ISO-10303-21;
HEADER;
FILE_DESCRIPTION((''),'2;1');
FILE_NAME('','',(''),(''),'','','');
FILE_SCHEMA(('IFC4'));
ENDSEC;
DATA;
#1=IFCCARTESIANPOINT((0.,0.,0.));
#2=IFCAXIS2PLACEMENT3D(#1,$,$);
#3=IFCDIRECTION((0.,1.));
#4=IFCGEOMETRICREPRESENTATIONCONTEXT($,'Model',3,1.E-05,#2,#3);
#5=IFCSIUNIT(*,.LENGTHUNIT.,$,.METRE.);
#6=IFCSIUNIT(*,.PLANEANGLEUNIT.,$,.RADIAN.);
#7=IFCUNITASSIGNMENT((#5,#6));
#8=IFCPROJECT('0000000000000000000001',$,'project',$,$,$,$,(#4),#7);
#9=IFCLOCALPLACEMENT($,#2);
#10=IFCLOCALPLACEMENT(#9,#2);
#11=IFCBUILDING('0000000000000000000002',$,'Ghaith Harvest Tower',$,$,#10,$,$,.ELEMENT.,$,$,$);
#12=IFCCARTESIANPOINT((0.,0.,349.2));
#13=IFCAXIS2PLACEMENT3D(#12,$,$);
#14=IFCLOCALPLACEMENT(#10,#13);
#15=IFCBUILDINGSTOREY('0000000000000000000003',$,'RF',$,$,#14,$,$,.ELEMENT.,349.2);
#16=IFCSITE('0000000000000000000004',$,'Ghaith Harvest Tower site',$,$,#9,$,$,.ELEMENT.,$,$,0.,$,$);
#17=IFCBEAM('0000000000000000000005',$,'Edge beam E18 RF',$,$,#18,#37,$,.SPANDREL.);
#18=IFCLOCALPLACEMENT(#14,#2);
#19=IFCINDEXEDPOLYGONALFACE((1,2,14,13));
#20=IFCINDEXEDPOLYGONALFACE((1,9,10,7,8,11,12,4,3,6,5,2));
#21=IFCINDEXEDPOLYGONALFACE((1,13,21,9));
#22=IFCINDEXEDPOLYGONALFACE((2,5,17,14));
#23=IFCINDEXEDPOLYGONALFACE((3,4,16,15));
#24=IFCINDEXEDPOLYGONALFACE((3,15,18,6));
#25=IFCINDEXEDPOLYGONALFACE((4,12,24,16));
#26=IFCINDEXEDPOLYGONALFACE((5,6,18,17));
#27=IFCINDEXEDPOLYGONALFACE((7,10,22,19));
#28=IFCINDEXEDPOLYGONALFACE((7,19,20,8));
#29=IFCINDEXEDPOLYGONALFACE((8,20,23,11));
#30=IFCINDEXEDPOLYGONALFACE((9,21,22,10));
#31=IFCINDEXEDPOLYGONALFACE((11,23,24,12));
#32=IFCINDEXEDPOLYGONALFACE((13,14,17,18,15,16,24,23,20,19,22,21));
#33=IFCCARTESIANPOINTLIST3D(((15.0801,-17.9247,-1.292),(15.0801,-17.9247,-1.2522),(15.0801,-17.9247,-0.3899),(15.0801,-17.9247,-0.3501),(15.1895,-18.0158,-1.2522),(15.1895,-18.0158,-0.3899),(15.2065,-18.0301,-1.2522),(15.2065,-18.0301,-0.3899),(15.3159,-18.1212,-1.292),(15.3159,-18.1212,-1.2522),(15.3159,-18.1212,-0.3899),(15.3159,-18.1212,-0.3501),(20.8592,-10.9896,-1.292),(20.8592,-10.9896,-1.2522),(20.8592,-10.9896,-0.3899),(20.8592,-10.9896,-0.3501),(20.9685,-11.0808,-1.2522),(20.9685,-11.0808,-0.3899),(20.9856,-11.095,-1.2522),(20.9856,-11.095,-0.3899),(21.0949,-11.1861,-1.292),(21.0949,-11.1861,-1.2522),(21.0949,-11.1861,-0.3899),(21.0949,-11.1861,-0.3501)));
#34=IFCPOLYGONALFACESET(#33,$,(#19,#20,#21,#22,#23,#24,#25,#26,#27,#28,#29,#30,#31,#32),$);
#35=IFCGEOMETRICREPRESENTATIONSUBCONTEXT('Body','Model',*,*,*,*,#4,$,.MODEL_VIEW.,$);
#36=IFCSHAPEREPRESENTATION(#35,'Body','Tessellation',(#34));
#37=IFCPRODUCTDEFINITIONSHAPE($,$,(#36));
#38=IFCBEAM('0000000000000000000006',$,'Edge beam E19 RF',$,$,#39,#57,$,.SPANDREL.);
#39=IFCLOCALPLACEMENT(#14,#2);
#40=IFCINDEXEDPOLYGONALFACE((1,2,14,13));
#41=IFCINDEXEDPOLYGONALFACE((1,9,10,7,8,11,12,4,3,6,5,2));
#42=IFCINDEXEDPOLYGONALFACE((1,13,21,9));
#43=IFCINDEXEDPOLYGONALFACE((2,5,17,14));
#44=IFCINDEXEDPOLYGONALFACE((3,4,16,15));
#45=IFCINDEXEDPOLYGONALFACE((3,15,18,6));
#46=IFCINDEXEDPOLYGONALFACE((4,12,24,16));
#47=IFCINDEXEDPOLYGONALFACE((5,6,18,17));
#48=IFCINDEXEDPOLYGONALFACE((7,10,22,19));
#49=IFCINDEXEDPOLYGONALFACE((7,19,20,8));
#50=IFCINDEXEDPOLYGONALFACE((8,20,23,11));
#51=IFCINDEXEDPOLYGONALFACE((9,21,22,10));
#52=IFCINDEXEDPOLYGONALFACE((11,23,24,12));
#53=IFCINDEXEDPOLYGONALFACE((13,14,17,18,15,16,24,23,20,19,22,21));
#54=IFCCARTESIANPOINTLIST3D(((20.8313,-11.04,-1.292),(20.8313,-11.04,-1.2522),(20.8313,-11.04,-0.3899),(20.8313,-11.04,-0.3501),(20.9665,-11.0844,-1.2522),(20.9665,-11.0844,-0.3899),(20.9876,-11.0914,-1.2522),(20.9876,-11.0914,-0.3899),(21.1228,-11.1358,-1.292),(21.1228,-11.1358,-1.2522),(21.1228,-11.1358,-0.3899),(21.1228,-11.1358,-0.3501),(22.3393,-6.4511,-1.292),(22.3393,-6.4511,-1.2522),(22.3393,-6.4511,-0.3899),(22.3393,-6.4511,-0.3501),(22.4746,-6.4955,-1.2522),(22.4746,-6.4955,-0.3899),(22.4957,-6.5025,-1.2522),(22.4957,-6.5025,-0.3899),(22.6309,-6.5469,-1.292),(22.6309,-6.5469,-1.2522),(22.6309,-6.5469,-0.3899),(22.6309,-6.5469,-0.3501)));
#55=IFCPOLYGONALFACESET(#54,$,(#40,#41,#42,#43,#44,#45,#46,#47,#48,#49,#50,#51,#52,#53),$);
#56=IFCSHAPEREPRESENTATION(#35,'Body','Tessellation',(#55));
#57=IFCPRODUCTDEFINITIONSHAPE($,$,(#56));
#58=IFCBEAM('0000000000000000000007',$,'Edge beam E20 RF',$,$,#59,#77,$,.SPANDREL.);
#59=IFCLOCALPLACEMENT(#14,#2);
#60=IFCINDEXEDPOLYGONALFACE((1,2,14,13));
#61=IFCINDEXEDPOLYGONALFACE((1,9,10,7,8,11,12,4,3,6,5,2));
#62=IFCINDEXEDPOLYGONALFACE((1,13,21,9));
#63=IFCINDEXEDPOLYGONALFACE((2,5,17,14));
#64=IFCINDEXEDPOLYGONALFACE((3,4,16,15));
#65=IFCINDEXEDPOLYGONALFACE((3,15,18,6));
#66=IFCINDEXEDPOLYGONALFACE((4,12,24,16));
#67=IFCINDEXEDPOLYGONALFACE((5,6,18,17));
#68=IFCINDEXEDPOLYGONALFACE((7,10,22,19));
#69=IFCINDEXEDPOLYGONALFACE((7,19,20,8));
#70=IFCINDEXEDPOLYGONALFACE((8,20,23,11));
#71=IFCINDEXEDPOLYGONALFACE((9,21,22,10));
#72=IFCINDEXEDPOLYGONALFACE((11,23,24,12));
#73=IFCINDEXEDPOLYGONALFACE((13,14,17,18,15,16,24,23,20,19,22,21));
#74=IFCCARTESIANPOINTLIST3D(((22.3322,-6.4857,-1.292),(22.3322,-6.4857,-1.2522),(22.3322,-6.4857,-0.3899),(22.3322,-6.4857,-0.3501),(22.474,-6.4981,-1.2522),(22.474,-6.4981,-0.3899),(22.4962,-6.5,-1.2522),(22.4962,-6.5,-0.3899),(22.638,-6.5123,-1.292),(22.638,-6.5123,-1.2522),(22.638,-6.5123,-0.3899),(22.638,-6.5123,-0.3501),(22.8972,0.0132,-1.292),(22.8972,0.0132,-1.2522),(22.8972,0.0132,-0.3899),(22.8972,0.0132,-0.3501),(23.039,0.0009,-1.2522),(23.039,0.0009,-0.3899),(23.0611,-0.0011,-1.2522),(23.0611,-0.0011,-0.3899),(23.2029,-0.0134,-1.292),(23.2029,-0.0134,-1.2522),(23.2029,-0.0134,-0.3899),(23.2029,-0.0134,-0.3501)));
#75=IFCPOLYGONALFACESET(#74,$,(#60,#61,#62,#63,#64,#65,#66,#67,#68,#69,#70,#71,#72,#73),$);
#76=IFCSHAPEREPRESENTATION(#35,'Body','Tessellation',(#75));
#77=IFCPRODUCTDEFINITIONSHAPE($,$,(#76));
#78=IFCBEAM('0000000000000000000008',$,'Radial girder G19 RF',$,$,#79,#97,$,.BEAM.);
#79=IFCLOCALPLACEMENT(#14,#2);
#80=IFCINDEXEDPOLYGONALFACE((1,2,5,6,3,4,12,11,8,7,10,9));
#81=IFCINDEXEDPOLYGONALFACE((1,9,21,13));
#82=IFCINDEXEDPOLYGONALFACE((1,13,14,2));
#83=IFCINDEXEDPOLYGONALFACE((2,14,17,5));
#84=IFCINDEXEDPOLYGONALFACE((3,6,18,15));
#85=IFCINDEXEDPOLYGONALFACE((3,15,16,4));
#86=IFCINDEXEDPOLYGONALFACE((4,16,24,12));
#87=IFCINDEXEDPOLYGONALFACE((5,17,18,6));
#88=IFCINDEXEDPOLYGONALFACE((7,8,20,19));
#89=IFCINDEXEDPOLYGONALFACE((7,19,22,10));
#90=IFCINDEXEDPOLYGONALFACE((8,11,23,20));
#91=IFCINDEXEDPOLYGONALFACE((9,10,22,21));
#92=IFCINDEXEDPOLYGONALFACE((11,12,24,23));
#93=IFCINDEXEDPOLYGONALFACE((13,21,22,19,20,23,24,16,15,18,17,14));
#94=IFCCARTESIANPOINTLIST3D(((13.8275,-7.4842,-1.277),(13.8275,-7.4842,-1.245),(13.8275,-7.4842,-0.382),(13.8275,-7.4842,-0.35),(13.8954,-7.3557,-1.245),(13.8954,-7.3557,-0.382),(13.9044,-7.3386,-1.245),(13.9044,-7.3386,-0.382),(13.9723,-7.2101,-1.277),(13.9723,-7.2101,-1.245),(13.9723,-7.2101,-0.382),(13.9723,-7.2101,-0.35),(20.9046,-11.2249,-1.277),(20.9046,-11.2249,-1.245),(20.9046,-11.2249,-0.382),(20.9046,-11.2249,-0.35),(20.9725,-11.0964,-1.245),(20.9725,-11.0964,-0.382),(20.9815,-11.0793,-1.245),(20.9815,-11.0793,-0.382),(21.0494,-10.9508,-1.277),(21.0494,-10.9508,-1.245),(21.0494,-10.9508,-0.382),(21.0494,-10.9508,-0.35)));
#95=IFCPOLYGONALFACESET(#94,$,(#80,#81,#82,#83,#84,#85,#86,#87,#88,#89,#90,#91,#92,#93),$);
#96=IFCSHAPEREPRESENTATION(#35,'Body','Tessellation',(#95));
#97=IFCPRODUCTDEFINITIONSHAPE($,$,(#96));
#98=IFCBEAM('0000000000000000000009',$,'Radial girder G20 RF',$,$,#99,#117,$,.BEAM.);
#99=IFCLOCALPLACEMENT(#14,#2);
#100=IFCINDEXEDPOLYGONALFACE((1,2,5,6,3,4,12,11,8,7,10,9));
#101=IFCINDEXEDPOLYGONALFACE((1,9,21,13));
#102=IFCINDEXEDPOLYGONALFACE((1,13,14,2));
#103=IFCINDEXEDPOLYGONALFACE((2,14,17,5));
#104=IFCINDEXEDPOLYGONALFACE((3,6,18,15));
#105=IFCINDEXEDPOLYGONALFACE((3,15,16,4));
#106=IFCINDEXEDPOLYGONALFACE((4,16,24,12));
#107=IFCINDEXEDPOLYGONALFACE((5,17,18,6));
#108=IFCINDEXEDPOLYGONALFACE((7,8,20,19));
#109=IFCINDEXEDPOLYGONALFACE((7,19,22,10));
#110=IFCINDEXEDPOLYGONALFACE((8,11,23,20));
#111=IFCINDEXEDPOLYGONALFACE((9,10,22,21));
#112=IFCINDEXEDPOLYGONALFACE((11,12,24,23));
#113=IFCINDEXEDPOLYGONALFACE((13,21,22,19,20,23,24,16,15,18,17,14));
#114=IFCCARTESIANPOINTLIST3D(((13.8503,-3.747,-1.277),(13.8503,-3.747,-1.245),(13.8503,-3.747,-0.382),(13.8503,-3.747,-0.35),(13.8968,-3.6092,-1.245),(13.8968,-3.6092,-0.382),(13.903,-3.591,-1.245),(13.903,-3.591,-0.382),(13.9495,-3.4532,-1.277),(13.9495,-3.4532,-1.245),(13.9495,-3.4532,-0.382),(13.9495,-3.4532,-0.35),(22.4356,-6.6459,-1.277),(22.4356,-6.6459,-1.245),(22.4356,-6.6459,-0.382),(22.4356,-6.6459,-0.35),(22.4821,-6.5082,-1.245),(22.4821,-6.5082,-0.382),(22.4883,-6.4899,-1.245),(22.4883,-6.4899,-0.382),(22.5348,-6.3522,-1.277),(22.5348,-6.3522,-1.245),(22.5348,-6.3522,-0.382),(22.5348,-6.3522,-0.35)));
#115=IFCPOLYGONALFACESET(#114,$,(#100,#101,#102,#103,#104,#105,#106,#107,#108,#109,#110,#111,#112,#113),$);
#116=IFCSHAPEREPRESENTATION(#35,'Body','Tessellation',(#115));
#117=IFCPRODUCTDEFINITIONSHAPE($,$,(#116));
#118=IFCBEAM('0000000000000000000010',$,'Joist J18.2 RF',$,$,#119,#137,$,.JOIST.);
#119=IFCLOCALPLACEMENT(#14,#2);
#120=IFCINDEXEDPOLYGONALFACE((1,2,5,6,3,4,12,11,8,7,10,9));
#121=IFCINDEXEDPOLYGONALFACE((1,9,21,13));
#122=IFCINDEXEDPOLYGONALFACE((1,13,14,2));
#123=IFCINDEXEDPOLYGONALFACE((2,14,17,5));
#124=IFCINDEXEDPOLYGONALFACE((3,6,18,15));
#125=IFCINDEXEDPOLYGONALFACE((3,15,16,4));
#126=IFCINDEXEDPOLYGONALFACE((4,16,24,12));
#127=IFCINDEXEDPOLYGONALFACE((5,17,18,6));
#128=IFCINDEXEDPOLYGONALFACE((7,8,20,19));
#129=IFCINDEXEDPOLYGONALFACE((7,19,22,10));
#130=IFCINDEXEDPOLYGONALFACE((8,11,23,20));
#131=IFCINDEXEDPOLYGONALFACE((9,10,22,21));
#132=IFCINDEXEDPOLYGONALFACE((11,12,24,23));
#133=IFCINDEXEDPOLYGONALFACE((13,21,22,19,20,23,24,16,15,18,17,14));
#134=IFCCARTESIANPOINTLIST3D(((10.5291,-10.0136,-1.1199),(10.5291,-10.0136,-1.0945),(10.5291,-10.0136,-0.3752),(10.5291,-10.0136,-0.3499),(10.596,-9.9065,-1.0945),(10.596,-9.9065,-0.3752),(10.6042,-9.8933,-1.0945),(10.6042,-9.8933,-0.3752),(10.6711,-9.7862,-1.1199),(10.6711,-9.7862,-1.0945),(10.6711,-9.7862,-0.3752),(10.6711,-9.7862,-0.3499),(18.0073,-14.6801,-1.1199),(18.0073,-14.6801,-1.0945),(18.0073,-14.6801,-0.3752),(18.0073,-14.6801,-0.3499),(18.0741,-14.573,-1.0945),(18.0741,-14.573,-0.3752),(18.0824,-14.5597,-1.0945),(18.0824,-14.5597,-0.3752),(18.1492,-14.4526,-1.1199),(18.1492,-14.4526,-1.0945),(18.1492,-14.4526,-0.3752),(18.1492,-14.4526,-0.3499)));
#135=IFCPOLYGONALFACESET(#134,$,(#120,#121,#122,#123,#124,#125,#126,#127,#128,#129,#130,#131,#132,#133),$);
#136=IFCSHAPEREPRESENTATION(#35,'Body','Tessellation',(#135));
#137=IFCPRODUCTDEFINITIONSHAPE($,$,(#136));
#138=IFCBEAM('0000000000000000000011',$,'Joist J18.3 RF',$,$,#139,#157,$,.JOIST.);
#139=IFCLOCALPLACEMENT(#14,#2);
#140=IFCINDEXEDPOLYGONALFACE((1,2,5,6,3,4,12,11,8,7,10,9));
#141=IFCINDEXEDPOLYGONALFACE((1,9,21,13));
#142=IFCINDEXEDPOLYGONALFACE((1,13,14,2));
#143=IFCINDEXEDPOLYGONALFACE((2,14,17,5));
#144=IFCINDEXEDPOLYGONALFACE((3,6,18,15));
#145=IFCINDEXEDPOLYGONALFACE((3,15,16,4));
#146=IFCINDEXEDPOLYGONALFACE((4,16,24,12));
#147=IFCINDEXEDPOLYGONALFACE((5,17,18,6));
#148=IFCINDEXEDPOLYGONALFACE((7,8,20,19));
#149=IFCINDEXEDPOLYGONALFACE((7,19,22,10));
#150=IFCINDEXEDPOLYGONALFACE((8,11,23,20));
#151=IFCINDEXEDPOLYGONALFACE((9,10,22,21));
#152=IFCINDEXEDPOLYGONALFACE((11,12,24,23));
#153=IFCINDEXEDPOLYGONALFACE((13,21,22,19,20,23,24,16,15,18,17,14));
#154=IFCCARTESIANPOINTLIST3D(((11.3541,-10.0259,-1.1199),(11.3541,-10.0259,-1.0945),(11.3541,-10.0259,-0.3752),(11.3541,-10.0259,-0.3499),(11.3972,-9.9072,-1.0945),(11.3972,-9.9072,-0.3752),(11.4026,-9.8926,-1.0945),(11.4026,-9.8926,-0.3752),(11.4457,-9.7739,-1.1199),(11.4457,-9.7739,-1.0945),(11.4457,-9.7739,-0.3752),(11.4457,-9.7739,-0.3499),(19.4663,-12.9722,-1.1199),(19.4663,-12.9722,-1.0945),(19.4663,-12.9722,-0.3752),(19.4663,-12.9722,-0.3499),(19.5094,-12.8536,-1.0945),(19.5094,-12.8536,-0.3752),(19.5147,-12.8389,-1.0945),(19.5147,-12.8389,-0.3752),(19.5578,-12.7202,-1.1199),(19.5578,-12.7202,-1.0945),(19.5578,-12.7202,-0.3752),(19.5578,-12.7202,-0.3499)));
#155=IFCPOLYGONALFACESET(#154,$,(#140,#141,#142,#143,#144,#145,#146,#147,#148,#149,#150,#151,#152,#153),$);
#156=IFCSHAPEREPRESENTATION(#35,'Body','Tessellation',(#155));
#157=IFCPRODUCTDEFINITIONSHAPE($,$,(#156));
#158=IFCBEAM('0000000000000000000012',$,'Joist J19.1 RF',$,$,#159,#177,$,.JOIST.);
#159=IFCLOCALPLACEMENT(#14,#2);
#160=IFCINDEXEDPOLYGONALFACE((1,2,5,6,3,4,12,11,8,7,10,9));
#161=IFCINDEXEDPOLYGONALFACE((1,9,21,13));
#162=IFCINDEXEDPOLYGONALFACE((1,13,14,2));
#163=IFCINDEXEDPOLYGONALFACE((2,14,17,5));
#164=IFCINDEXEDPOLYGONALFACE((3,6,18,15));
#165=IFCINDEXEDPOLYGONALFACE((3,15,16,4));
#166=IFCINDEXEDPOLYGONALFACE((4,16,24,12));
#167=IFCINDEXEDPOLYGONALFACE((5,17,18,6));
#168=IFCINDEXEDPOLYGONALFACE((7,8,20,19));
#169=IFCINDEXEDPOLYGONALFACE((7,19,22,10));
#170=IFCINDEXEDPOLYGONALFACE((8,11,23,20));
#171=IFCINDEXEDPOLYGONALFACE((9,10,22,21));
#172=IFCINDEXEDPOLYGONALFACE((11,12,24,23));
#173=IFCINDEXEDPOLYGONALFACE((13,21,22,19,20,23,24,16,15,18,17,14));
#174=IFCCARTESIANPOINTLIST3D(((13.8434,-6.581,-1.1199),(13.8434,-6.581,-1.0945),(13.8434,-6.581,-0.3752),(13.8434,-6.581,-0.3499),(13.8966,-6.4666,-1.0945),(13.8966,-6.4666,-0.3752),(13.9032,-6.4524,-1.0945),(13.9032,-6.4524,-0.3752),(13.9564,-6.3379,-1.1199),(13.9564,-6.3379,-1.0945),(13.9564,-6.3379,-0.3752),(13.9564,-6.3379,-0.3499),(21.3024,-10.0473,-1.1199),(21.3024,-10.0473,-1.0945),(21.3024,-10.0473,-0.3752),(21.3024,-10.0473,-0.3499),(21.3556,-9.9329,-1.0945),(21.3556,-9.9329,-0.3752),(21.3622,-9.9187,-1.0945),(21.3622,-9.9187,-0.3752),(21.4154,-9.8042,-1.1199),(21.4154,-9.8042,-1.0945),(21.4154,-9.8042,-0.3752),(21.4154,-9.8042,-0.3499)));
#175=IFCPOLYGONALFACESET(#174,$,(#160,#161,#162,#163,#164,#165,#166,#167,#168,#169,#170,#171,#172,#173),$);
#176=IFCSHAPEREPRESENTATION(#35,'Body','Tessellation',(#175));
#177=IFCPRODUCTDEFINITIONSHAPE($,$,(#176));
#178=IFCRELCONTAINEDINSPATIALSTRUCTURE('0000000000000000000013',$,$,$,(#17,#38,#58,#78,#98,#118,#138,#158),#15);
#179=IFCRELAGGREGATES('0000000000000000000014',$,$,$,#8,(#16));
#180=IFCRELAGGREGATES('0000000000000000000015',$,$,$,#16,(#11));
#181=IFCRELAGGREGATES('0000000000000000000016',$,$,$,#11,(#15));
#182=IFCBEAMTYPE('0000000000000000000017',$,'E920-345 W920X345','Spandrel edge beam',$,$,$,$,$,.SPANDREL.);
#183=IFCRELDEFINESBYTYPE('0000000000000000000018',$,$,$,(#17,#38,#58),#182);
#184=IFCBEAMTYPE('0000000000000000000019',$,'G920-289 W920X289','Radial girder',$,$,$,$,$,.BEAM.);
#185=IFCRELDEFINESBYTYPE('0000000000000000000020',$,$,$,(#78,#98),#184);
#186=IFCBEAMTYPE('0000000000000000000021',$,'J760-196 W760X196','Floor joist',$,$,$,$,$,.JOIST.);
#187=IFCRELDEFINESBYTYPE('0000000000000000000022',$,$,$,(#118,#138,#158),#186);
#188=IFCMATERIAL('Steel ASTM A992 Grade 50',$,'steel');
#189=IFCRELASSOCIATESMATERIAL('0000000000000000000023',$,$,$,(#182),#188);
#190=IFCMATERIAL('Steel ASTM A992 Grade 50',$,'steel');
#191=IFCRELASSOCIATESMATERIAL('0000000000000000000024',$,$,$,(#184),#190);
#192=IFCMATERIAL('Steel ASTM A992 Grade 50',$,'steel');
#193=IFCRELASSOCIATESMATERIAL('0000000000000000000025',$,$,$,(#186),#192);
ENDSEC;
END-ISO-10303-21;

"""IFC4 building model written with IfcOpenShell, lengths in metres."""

from ifc_helpers import new_model, si_unit, direction, frame, origin, origin_2d, place, context, subcontext, project, spatial, i_section, extrude, material, material_profile, profile_set, type_object, element, save


model = new_model("IFC4")

# Units and contexts
model_context = context("Model", 3, precision=1e-05, world=origin(), true_north=direction((0.0, 1.0)))
body_context = subcontext(model_context, "Body", "Model", "MODEL_VIEW")
ifc_project = project(units=[si_unit("LENGTHUNIT", "METRE"), si_unit("PLANEANGLEUNIT", "RADIAN")], contexts=[model_context])

# Site, building, storey
site_placement = place(None, origin())
site = spatial("IfcSite", under=ifc_project, at=site_placement, Name="Ghaith Harvest Tower site", CompositionType="ELEMENT", RefElevation=0.0)
building_placement = place(site_placement, origin())
building = spatial("IfcBuilding", under=site, at=building_placement, Name="Ghaith Harvest Tower", CompositionType="ELEMENT")
storey_placement = place(building_placement, frame((0.0, 0.0, 349.2)))
storey = spatial("IfcBuildingStorey", under=building, at=storey_placement, Name="RF", CompositionType="ELEMENT", Elevation=349.2)

# Beams
ifc_material_1 = material(Name="Steel ASTM A992 Grade 50", Category="steel")
ifc_material_profile_1 = material_profile(ifc_material_1, i_section(OverallWidth=0.3069, OverallDepth=0.9419, WebThickness=0.0222, FlangeThickness=0.0398, at=origin_2d()), Name="W920X345")
ifc_profile_set_1 = profile_set([ifc_material_profile_1], Name="Steel ASTM A992 Grade 50")
beam_type_1 = type_object("IfcBeamType", Name="E920-345 W920X345", Description="Spandrel edge beam", PredefinedType="SPANDREL", material=ifc_profile_set_1)
beam_1_placement = place(storey_placement, frame((15.198, -18.0229, -0.821), z_axis=(0.640174, 0.76823, 0.0), x_axis=(-0.76823, 0.640174, 0.0)))
element("IfcBeam", 1, at=beam_1_placement, inside=storey, type_object=beam_type_1, Name="Edge beam E18 RF", PredefinedType="SPANDREL", context=body_context, shape_type="SweptSolid", body=[
    extrude(i_section(OverallWidth=0.3069, OverallDepth=0.9419, WebThickness=0.0222, FlangeThickness=0.0398, at=origin_2d()), origin(), (0.0, 0.0, 1.0), 9.0273),
])
beam_2_placement = place(storey_placement, frame((20.9771, -11.0879, -0.821), z_axis=(0.312207, 0.950014, 0.0), x_axis=(-0.950014, 0.312207, 0.0)))
element("IfcBeam", 2, at=beam_2_placement, inside=storey, type_object=beam_type_1, Name="Edge beam E19 RF", PredefinedType="SPANDREL", context=body_context, shape_type="SweptSolid", body=[
    extrude(i_section(OverallWidth=0.3069, OverallDepth=0.9419, WebThickness=0.0222, FlangeThickness=0.0398, at=origin_2d()), origin(), (0.0, 0.0, 1.0), 4.8303),
])
beam_3_placement = place(storey_placement, frame((22.4851, -6.499, -0.821), z_axis=(0.086601, 0.996243, 0.0), x_axis=(-0.996243, 0.086601, 0.0)))
element("IfcBeam", 3, at=beam_3_placement, inside=storey, type_object=beam_type_1, Name="Edge beam E20 RF", PredefinedType="SPANDREL", context=body_context, shape_type="SweptSolid", body=[
    extrude(i_section(OverallWidth=0.3069, OverallDepth=0.9419, WebThickness=0.0222, FlangeThickness=0.0398, at=origin_2d()), origin(), (0.0, 0.0, 1.0), 6.5234),
])
ifc_material_2 = material(Name="Steel ASTM A992 Grade 50", Category="steel")
ifc_material_profile_2 = material_profile(ifc_material_2, i_section(OverallWidth=0.3101, OverallDepth=0.927, WebThickness=0.0193, FlangeThickness=0.032, at=origin_2d()), Name="W920X289")
ifc_profile_set_2 = profile_set([ifc_material_profile_2], Name="Steel ASTM A992 Grade 50")
beam_type_2 = type_object("IfcBeamType", Name="G920-289 W920X289", Description="Radial girder", PredefinedType="BEAM", material=ifc_profile_set_2)
beam_4_placement = place(storey_placement, frame((13.8999, -7.3472, -0.8135), z_axis=(0.884098, -0.467302, 0.0), x_axis=(0.467302, 0.884098, 0.0)))
element("IfcBeam", 4, at=beam_4_placement, inside=storey, type_object=beam_type_2, Name="Radial girder G19 RF", PredefinedType="BEAM", context=body_context, shape_type="SweptSolid", body=[
    extrude(i_section(OverallWidth=0.3101, OverallDepth=0.927, WebThickness=0.0193, FlangeThickness=0.032, at=origin_2d()), origin(), (0.0, 0.0, 1.0), 8.0049),
])
beam_5_placement = place(storey_placement, frame((13.8999, -3.6001, -0.8135), z_axis=(0.947445, -0.319919, 0.0), x_axis=(0.319919, 0.947445, 0.0)))
element("IfcBeam", 5, at=beam_5_placement, inside=storey, type_object=beam_type_2, Name="Radial girder G20 RF", PredefinedType="BEAM", context=body_context, shape_type="SweptSolid", body=[
    extrude(i_section(OverallWidth=0.3101, OverallDepth=0.927, WebThickness=0.0193, FlangeThickness=0.032, at=origin_2d()), origin(), (0.0, 0.0, 1.0), 9.0615),
])
ifc_material_3 = material(Name="Steel ASTM A992 Grade 50", Category="steel")
ifc_material_profile_3 = material_profile(ifc_material_3, i_section(OverallWidth=0.2681, OverallDepth=0.77, WebThickness=0.0156, FlangeThickness=0.0254, at=origin_2d()), Name="W760X196")
ifc_profile_set_3 = profile_set([ifc_material_profile_3], Name="Steel ASTM A992 Grade 50")
beam_type_3 = type_object("IfcBeamType", Name="J760-196 W760X196", Description="Floor joist", PredefinedType="JOIST", material=ifc_profile_set_3)
beam_6_placement = place(storey_placement, frame((10.6001, -9.8999, -0.7349), z_axis=(0.848376, -0.529394, 0.0), x_axis=(0.529394, 0.848376, 0.0)))
element("IfcBeam", 6, at=beam_6_placement, inside=storey, type_object=beam_type_3, Name="Joist J18.2 RF", PredefinedType="JOIST", context=body_context, shape_type="SweptSolid", body=[
    extrude(i_section(OverallWidth=0.2681, OverallDepth=0.77, WebThickness=0.0156, FlangeThickness=0.0254, at=origin_2d()), origin(), (0.0, 0.0, 1.0), 8.8147),
])
beam_7_placement = place(storey_placement, frame((11.3999, -9.8999, -0.7349), z_axis=(0.939926, -0.34138, 0.0), x_axis=(0.34138, 0.939926, 0.0)))
element("IfcBeam", 7, at=beam_7_placement, inside=storey, type_object=beam_type_3, Name="Joist J18.3 RF", PredefinedType="JOIST", context=body_context, shape_type="SweptSolid", body=[
    extrude(i_section(OverallWidth=0.2681, OverallDepth=0.77, WebThickness=0.0156, FlangeThickness=0.0254, at=origin_2d()), origin(), (0.0, 0.0, 1.0), 8.6306),
])
beam_8_placement = place(storey_placement, frame((13.8999, -6.4595, -0.7349), z_axis=(0.90686, -0.421432, 0.0), x_axis=(0.421432, 0.90686, 0.0)))
element("IfcBeam", 8, at=beam_8_placement, inside=storey, type_object=beam_type_3, Name="Joist J19.1 RF", PredefinedType="JOIST", context=body_context, shape_type="SweptSolid", body=[
    extrude(i_section(OverallWidth=0.2681, OverallDepth=0.77, WebThickness=0.0156, FlangeThickness=0.0254, at=origin_2d()), origin(), (0.0, 0.0, 1.0), 8.2251),
])

save(model, "model.ifc")
